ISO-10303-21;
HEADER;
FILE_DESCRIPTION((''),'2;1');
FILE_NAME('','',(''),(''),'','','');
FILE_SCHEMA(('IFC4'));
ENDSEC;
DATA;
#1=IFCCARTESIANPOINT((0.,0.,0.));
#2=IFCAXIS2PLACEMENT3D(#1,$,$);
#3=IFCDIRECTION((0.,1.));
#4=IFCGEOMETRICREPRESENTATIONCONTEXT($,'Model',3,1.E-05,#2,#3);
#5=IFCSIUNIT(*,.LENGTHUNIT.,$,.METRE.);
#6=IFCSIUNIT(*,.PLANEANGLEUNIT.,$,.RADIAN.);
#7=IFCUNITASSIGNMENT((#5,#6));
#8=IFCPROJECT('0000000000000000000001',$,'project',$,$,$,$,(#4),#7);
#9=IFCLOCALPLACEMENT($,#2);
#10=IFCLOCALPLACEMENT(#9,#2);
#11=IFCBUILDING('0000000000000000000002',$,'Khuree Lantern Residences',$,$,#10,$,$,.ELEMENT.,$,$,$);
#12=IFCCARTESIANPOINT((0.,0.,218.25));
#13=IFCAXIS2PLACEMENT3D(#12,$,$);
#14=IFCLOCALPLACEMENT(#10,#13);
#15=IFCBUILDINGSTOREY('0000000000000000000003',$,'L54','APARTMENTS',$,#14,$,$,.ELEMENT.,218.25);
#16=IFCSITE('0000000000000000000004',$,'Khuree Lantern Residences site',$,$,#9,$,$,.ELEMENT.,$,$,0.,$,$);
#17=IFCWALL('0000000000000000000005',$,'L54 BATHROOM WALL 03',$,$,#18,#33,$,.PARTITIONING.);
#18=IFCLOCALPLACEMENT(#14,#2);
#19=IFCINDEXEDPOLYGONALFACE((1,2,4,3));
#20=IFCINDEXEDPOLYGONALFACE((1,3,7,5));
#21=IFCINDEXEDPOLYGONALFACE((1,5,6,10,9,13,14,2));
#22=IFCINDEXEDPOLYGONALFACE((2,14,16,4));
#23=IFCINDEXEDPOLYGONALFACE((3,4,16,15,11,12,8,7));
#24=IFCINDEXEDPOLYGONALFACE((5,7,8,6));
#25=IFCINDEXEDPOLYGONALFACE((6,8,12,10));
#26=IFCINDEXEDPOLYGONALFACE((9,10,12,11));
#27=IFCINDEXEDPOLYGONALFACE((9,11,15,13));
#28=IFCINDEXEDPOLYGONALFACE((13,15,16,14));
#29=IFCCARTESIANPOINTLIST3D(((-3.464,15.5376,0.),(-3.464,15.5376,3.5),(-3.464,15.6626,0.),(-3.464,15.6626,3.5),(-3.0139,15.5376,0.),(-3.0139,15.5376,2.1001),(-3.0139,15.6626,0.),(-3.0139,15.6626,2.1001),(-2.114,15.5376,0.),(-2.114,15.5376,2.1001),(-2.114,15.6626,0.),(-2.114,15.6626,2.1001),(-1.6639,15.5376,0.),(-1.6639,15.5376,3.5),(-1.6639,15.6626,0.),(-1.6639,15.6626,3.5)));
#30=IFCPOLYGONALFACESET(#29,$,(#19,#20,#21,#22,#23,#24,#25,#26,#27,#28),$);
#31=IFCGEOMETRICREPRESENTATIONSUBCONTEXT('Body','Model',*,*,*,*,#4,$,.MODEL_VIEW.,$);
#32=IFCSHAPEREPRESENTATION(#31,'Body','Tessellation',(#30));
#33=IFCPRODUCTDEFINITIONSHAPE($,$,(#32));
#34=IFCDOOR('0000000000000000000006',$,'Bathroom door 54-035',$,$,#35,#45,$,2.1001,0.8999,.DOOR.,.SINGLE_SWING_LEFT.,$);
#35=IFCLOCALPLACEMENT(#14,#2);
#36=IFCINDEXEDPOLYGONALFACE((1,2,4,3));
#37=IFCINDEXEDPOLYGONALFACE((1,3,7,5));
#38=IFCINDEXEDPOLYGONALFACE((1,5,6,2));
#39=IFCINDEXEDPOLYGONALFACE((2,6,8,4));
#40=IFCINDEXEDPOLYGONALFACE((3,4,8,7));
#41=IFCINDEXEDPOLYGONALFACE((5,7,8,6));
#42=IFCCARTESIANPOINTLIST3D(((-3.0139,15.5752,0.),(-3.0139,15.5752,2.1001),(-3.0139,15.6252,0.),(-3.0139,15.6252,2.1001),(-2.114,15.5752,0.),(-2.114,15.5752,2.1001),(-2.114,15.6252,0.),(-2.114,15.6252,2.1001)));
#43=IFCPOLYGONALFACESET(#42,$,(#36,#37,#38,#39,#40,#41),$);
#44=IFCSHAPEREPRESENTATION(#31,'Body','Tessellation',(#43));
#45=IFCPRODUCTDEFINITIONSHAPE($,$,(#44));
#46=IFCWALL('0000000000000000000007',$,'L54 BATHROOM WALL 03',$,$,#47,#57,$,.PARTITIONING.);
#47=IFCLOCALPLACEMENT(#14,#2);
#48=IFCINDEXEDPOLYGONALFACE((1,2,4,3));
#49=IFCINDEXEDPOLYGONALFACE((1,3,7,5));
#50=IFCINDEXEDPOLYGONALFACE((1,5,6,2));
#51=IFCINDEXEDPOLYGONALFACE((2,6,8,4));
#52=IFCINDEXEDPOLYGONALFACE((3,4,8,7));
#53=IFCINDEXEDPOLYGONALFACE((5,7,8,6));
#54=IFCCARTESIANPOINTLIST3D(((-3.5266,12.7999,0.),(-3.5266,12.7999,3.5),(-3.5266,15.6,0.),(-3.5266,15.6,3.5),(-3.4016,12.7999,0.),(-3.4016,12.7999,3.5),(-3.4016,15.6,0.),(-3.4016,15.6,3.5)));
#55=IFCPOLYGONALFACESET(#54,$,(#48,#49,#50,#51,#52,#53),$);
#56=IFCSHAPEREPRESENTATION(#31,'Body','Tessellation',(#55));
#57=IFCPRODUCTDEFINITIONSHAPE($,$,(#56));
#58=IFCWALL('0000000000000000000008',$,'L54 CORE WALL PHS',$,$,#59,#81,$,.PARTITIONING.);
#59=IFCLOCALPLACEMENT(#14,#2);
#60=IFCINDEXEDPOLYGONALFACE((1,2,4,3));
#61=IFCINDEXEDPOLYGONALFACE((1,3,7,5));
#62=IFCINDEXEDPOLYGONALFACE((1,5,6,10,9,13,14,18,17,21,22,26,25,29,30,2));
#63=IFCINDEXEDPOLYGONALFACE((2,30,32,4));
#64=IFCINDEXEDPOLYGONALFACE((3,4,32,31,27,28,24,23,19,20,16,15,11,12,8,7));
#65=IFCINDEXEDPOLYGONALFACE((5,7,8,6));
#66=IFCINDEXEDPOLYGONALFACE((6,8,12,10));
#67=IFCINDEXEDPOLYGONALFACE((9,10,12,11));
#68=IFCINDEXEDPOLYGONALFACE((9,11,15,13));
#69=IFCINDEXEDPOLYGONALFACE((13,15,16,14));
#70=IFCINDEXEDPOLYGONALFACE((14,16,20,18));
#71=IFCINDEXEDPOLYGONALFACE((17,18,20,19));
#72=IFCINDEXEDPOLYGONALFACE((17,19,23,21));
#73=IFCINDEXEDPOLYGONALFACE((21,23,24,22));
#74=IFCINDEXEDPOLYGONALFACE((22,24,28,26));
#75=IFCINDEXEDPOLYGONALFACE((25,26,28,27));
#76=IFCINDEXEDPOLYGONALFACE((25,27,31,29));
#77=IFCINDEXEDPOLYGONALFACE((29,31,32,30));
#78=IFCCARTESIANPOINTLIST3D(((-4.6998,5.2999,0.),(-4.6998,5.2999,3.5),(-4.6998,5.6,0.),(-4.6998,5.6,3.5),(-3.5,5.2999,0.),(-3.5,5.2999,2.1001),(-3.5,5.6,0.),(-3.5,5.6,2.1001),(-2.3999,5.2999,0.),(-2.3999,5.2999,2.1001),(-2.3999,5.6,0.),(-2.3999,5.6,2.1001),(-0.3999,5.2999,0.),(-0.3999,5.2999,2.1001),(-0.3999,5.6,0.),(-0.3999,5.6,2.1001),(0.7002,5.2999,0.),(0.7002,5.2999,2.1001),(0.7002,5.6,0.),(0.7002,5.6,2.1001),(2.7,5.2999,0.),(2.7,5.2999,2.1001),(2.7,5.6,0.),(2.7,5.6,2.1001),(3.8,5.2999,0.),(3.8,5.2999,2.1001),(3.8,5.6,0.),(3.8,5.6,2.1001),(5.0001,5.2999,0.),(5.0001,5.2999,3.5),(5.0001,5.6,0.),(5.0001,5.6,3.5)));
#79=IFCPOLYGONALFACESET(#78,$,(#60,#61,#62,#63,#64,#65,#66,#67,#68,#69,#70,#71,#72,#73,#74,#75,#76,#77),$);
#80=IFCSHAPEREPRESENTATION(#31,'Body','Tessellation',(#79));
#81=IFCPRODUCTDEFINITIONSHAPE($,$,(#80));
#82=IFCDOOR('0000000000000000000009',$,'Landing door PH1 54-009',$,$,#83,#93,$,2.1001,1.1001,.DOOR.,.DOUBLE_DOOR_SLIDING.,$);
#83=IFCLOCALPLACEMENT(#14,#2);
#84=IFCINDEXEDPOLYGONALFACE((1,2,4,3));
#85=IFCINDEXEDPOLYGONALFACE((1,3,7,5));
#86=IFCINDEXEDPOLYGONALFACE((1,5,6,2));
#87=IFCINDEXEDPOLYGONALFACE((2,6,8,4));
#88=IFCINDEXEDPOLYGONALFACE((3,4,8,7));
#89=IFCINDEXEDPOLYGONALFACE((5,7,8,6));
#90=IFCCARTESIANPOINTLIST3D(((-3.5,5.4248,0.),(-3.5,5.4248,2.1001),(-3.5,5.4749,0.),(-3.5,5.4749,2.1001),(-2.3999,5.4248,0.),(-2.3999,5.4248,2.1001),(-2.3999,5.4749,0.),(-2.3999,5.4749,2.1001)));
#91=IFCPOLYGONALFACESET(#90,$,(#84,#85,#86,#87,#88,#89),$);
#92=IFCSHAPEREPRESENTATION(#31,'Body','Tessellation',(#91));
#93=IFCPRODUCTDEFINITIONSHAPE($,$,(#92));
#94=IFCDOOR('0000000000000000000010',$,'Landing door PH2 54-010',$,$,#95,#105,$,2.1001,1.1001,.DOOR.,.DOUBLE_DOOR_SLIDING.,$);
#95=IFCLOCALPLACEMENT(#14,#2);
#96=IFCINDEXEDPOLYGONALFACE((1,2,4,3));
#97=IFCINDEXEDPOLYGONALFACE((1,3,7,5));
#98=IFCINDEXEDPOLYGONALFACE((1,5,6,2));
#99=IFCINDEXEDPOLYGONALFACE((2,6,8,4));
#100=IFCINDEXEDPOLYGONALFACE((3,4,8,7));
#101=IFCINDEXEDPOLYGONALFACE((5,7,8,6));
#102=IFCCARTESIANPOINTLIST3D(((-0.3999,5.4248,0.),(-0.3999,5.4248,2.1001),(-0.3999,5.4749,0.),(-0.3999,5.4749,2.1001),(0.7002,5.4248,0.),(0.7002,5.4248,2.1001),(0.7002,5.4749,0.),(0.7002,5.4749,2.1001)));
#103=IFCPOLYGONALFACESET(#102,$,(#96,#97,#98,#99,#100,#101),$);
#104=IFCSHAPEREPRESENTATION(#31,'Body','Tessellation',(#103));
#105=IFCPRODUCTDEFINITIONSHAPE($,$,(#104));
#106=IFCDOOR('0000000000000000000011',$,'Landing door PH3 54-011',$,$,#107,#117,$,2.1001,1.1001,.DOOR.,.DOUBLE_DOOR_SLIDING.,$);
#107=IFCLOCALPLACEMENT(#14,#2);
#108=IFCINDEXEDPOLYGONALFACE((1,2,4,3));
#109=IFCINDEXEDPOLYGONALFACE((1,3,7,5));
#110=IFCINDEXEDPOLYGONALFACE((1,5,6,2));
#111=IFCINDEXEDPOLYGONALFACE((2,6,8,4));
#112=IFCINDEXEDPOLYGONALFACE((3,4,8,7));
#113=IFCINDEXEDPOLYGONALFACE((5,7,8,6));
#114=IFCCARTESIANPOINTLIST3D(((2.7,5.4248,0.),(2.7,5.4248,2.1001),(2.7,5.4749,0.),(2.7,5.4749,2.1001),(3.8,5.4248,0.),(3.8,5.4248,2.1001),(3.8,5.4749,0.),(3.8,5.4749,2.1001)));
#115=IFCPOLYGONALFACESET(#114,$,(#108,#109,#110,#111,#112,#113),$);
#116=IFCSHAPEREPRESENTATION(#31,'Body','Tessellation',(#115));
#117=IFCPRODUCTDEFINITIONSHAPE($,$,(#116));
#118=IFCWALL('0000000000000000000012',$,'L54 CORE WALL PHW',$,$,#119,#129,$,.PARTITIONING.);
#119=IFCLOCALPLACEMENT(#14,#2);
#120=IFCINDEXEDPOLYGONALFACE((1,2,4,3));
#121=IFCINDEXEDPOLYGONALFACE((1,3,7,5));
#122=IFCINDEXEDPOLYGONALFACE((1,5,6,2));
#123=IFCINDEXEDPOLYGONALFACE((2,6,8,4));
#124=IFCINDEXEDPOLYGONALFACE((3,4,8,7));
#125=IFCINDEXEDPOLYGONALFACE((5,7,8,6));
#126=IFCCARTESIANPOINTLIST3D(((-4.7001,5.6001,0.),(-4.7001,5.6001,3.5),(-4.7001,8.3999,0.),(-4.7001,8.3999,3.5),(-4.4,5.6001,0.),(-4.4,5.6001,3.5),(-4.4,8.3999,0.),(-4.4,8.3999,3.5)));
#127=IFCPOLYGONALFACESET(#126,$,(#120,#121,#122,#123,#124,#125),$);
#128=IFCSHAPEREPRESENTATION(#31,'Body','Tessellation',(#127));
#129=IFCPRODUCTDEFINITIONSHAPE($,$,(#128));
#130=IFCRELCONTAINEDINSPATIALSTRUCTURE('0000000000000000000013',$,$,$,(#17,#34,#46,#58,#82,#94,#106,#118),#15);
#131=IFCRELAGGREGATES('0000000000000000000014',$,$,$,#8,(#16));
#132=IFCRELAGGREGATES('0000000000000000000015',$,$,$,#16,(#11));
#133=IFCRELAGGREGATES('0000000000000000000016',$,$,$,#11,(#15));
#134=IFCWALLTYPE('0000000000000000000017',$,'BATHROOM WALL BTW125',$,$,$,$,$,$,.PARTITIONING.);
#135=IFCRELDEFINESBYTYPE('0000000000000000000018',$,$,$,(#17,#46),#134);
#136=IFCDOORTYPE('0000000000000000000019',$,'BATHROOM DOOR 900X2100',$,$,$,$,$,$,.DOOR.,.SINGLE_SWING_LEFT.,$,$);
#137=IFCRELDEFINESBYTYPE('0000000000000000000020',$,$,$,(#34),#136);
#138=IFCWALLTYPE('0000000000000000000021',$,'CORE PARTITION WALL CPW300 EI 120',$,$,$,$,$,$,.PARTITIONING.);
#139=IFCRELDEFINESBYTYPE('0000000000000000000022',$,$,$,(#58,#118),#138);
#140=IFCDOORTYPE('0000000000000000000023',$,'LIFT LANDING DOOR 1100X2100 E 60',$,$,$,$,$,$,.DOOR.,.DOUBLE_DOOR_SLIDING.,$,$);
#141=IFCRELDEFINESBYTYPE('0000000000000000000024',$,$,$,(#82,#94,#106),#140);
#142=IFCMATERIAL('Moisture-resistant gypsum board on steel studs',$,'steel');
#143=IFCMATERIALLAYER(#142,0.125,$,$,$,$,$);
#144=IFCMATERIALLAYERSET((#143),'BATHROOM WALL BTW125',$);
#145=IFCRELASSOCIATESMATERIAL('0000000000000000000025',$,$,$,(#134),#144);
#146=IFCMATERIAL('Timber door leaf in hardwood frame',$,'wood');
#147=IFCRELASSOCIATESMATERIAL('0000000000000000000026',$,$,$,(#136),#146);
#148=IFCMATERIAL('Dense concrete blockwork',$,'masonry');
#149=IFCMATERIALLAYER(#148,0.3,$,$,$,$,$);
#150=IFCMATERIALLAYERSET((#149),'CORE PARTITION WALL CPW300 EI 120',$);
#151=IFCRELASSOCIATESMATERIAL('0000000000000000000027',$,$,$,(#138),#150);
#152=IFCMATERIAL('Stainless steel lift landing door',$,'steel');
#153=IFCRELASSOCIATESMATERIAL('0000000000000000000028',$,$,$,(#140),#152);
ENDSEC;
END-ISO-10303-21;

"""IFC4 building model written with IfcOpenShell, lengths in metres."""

from ifc_helpers import new_model, si_unit, direction, frame, frame_2d, origin, place, context, subcontext, project, spatial, rectangle, extrude, material, layer, layer_set, type_object, element, fill, save


model = new_model("IFC4")

# Units and contexts
model_context = context("Model", 3, precision=1e-05, world=origin(), true_north=direction((0.0, 1.0)))
body_context = subcontext(model_context, "Body", "Model", "MODEL_VIEW")
ifc_project = project(units=[si_unit("LENGTHUNIT", "METRE"), si_unit("PLANEANGLEUNIT", "RADIAN")], contexts=[model_context])

# Site, building, storey
site_placement = place(None, origin())
site = spatial("IfcSite", under=ifc_project, at=site_placement, Name="Khuree Lantern Residences site", CompositionType="ELEMENT", RefElevation=0.0)
building_placement = place(site_placement, origin())
building = spatial("IfcBuilding", under=site, at=building_placement, Name="Khuree Lantern Residences", CompositionType="ELEMENT")
storey_placement = place(building_placement, frame((0.0, 0.0, 218.25)))
storey = spatial("IfcBuildingStorey", under=building, at=storey_placement, Name="L54", Description="APARTMENTS", CompositionType="ELEMENT", Elevation=218.25)

# Wall, opening, door
ifc_material_1 = material(Name="Moisture-resistant gypsum board on steel studs", Category="steel")
ifc_layer_1 = layer(ifc_material_1, 0.125)
ifc_layer_set_1 = layer_set([ifc_layer_1], Name="BATHROOM WALL BTW125")
wall_type_1 = type_object("IfcWallType", Name="BATHROOM WALL BTW125", PredefinedType="PARTITIONING", material=ifc_layer_set_1)
wall_1_placement = place(storey_placement, frame((-1.6641, 15.6001, 0.0), z_axis=(0.0, 0.0, 1.0), x_axis=(-1.0, 0.0, 0.0)))
wall_1 = element("IfcWall", 1, at=wall_1_placement, inside=storey, type_object=wall_type_1, Name="L54 BATHROOM WALL 03", PredefinedType="PARTITIONING", context=body_context, shape_type="SweptSolid", body=[
    extrude(rectangle(XDim=1.8, YDim=0.125, at=frame_2d((0.8999, 0.0))), origin(), (0.0, 0.0, 1.0), 3.5),
])
opening_1_placement = place(wall_1_placement, frame((0.45, 0.0, 0.0)))
opening_1 = element("IfcOpeningElement", 2, at=opening_1_placement, cuts=wall_1, PredefinedType="OPENING", context=body_context, shape_type="SweptSolid", body=[
    extrude(rectangle(XDim=0.8999, YDim=2.1001, at=frame_2d((0.45, 1.05))), frame((0.0, 0.0725, 0.0), z_axis=(0.0, -1.0, 0.0), x_axis=(1.0, 0.0, 0.0)), (0.0, 0.0, 1.0), 0.145),
])
ifc_material_2 = material(Name="Timber door leaf in hardwood frame", Category="wood")
door_type_1 = type_object("IfcDoorType", Name="BATHROOM DOOR 900X2100", OperationType="SINGLE_SWING_LEFT", PredefinedType="DOOR", material=ifc_material_2)
door_1_placement = place(opening_1_placement, origin())
door_1 = element("IfcDoor", 3, at=door_1_placement, inside=storey, type_object=door_type_1, Name="Bathroom door 54-035", OperationType="SINGLE_SWING_LEFT", OverallHeight=2.1001, OverallWidth=0.8999, PredefinedType="DOOR", context=body_context, shape_type="SweptSolid", body=[
    extrude(rectangle(XDim=0.8999, YDim=2.1001, at=frame_2d((0.45, 1.05))), frame((0.0, 0.0249, 0.0), z_axis=(0.0, -1.0, 0.0), x_axis=(1.0, 0.0, 0.0)), (0.0, 0.0, 1.0), 0.05),
])
fill(opening_1, door_1)

# Wall
wall_2_placement = place(storey_placement, frame((-3.4641, 12.8, 0.0), z_axis=(0.0, 0.0, 1.0), x_axis=(0.0, 1.0, 0.0)))
element("IfcWall", 4, at=wall_2_placement, inside=storey, type_object=wall_type_1, Name="L54 BATHROOM WALL 03", PredefinedType="PARTITIONING", context=body_context, shape_type="SweptSolid", body=[
    extrude(rectangle(XDim=2.8, YDim=0.125, at=frame_2d((1.3999, 0.0))), origin(), (0.0, 0.0, 1.0), 3.5),
])

# Wall, openings, doors
ifc_material_3 = material(Name="Dense concrete blockwork", Category="masonry")
ifc_layer_2 = layer(ifc_material_3, 0.3)
ifc_layer_set_2 = layer_set([ifc_layer_2], Name="CORE PARTITION WALL CPW300 EI 120")
wall_type_2 = type_object("IfcWallType", Name="CORE PARTITION WALL CPW300 EI 120", PredefinedType="PARTITIONING", material=ifc_layer_set_2)
wall_3_placement = place(storey_placement, frame((-4.7, 5.45, 0.0), z_axis=(0.0, 0.0, 1.0), x_axis=(1.0, 0.0, 0.0)))
wall_3 = element("IfcWall", 5, at=wall_3_placement, inside=storey, type_object=wall_type_2, Name="L54 CORE WALL PHS", PredefinedType="PARTITIONING", context=body_context, shape_type="SweptSolid", body=[
    extrude(rectangle(XDim=9.7, YDim=0.3, at=frame_2d((4.8501, 0.0))), origin(), (0.0, 0.0, 1.0), 3.5),
])
opening_2_placement = place(wall_3_placement, frame((1.2, 0.0, 0.0)))
opening_2 = element("IfcOpeningElement", 6, at=opening_2_placement, cuts=wall_3, PredefinedType="OPENING", context=body_context, shape_type="SweptSolid", body=[
    extrude(rectangle(XDim=1.1001, YDim=2.1001, at=frame_2d((0.55, 1.05))), frame((0.0, 0.1602, 0.0), z_axis=(0.0, -1.0, 0.0), x_axis=(1.0, 0.0, 0.0)), (0.0, 0.0, 1.0), 0.3201),
])
opening_3_placement = place(wall_3_placement, frame((4.3, 0.0, 0.0)))
opening_3 = element("IfcOpeningElement", 7, at=opening_3_placement, cuts=wall_3, PredefinedType="OPENING", context=body_context, shape_type="SweptSolid", body=[
    extrude(rectangle(XDim=1.1001, YDim=2.1001, at=frame_2d((0.55, 1.05))), frame((0.0, 0.1602, 0.0), z_axis=(0.0, -1.0, 0.0), x_axis=(1.0, 0.0, 0.0)), (0.0, 0.0, 1.0), 0.3201),
])
opening_4_placement = place(wall_3_placement, frame((7.3999, 0.0, 0.0)))
opening_4 = element("IfcOpeningElement", 8, at=opening_4_placement, cuts=wall_3, PredefinedType="OPENING", context=body_context, shape_type="SweptSolid", body=[
    extrude(rectangle(XDim=1.1001, YDim=2.1001, at=frame_2d((0.55, 1.05))), frame((0.0, 0.1602, 0.0), z_axis=(0.0, -1.0, 0.0), x_axis=(1.0, 0.0, 0.0)), (0.0, 0.0, 1.0), 0.3201),
])
ifc_material_4 = material(Name="Stainless steel lift landing door", Category="steel")
door_type_2 = type_object("IfcDoorType", Name="LIFT LANDING DOOR 1100X2100 E 60", OperationType="DOUBLE_DOOR_SLIDING", PredefinedType="DOOR", material=ifc_material_4)
door_2_placement = place(opening_2_placement, origin())
door_2 = element("IfcDoor", 9, at=door_2_placement, inside=storey, type_object=door_type_2, Name="Landing door PH1 54-009", OperationType="DOUBLE_DOOR_SLIDING", OverallHeight=2.1001, OverallWidth=1.1001, PredefinedType="DOOR", context=body_context, shape_type="SweptSolid", body=[
    extrude(rectangle(XDim=1.1001, YDim=2.1001, at=frame_2d((0.55, 1.05))), frame((0.0, 0.0249, 0.0), z_axis=(0.0, -1.0, 0.0), x_axis=(1.0, 0.0, 0.0)), (0.0, 0.0, 1.0), 0.05),
])
fill(opening_2, door_2)
door_3_placement = place(opening_3_placement, origin())
door_3 = element("IfcDoor", 10, at=door_3_placement, inside=storey, type_object=door_type_2, Name="Landing door PH2 54-010", OperationType="DOUBLE_DOOR_SLIDING", OverallHeight=2.1001, OverallWidth=1.1001, PredefinedType="DOOR", context=body_context, shape_type="SweptSolid", body=[
    extrude(rectangle(XDim=1.1001, YDim=2.1001, at=frame_2d((0.55, 1.05))), frame((0.0, 0.0249, 0.0), z_axis=(0.0, -1.0, 0.0), x_axis=(1.0, 0.0, 0.0)), (0.0, 0.0, 1.0), 0.05),
])
fill(opening_3, door_3)
door_4_placement = place(opening_4_placement, origin())
door_4 = element("IfcDoor", 11, at=door_4_placement, inside=storey, type_object=door_type_2, Name="Landing door PH3 54-011", OperationType="DOUBLE_DOOR_SLIDING", OverallHeight=2.1001, OverallWidth=1.1001, PredefinedType="DOOR", context=body_context, shape_type="SweptSolid", body=[
    extrude(rectangle(XDim=1.1001, YDim=2.1001, at=frame_2d((0.55, 1.05))), frame((0.0, 0.0249, 0.0), z_axis=(0.0, -1.0, 0.0), x_axis=(1.0, 0.0, 0.0)), (0.0, 0.0, 1.0), 0.05),
])
fill(opening_4, door_4)

# Wall
wall_4_placement = place(storey_placement, frame((-4.55, 5.6001, 0.0), z_axis=(0.0, 0.0, 1.0), x_axis=(0.0, 1.0, 0.0)))
element("IfcWall", 12, at=wall_4_placement, inside=storey, type_object=wall_type_2, Name="L54 CORE WALL PHW", PredefinedType="PARTITIONING", context=body_context, shape_type="SweptSolid", body=[
    extrude(rectangle(XDim=2.7998, YDim=0.3, at=frame_2d((1.3999, 0.0))), origin(), (0.0, 0.0, 1.0), 3.5),
])

save(model, "model.ifc")
